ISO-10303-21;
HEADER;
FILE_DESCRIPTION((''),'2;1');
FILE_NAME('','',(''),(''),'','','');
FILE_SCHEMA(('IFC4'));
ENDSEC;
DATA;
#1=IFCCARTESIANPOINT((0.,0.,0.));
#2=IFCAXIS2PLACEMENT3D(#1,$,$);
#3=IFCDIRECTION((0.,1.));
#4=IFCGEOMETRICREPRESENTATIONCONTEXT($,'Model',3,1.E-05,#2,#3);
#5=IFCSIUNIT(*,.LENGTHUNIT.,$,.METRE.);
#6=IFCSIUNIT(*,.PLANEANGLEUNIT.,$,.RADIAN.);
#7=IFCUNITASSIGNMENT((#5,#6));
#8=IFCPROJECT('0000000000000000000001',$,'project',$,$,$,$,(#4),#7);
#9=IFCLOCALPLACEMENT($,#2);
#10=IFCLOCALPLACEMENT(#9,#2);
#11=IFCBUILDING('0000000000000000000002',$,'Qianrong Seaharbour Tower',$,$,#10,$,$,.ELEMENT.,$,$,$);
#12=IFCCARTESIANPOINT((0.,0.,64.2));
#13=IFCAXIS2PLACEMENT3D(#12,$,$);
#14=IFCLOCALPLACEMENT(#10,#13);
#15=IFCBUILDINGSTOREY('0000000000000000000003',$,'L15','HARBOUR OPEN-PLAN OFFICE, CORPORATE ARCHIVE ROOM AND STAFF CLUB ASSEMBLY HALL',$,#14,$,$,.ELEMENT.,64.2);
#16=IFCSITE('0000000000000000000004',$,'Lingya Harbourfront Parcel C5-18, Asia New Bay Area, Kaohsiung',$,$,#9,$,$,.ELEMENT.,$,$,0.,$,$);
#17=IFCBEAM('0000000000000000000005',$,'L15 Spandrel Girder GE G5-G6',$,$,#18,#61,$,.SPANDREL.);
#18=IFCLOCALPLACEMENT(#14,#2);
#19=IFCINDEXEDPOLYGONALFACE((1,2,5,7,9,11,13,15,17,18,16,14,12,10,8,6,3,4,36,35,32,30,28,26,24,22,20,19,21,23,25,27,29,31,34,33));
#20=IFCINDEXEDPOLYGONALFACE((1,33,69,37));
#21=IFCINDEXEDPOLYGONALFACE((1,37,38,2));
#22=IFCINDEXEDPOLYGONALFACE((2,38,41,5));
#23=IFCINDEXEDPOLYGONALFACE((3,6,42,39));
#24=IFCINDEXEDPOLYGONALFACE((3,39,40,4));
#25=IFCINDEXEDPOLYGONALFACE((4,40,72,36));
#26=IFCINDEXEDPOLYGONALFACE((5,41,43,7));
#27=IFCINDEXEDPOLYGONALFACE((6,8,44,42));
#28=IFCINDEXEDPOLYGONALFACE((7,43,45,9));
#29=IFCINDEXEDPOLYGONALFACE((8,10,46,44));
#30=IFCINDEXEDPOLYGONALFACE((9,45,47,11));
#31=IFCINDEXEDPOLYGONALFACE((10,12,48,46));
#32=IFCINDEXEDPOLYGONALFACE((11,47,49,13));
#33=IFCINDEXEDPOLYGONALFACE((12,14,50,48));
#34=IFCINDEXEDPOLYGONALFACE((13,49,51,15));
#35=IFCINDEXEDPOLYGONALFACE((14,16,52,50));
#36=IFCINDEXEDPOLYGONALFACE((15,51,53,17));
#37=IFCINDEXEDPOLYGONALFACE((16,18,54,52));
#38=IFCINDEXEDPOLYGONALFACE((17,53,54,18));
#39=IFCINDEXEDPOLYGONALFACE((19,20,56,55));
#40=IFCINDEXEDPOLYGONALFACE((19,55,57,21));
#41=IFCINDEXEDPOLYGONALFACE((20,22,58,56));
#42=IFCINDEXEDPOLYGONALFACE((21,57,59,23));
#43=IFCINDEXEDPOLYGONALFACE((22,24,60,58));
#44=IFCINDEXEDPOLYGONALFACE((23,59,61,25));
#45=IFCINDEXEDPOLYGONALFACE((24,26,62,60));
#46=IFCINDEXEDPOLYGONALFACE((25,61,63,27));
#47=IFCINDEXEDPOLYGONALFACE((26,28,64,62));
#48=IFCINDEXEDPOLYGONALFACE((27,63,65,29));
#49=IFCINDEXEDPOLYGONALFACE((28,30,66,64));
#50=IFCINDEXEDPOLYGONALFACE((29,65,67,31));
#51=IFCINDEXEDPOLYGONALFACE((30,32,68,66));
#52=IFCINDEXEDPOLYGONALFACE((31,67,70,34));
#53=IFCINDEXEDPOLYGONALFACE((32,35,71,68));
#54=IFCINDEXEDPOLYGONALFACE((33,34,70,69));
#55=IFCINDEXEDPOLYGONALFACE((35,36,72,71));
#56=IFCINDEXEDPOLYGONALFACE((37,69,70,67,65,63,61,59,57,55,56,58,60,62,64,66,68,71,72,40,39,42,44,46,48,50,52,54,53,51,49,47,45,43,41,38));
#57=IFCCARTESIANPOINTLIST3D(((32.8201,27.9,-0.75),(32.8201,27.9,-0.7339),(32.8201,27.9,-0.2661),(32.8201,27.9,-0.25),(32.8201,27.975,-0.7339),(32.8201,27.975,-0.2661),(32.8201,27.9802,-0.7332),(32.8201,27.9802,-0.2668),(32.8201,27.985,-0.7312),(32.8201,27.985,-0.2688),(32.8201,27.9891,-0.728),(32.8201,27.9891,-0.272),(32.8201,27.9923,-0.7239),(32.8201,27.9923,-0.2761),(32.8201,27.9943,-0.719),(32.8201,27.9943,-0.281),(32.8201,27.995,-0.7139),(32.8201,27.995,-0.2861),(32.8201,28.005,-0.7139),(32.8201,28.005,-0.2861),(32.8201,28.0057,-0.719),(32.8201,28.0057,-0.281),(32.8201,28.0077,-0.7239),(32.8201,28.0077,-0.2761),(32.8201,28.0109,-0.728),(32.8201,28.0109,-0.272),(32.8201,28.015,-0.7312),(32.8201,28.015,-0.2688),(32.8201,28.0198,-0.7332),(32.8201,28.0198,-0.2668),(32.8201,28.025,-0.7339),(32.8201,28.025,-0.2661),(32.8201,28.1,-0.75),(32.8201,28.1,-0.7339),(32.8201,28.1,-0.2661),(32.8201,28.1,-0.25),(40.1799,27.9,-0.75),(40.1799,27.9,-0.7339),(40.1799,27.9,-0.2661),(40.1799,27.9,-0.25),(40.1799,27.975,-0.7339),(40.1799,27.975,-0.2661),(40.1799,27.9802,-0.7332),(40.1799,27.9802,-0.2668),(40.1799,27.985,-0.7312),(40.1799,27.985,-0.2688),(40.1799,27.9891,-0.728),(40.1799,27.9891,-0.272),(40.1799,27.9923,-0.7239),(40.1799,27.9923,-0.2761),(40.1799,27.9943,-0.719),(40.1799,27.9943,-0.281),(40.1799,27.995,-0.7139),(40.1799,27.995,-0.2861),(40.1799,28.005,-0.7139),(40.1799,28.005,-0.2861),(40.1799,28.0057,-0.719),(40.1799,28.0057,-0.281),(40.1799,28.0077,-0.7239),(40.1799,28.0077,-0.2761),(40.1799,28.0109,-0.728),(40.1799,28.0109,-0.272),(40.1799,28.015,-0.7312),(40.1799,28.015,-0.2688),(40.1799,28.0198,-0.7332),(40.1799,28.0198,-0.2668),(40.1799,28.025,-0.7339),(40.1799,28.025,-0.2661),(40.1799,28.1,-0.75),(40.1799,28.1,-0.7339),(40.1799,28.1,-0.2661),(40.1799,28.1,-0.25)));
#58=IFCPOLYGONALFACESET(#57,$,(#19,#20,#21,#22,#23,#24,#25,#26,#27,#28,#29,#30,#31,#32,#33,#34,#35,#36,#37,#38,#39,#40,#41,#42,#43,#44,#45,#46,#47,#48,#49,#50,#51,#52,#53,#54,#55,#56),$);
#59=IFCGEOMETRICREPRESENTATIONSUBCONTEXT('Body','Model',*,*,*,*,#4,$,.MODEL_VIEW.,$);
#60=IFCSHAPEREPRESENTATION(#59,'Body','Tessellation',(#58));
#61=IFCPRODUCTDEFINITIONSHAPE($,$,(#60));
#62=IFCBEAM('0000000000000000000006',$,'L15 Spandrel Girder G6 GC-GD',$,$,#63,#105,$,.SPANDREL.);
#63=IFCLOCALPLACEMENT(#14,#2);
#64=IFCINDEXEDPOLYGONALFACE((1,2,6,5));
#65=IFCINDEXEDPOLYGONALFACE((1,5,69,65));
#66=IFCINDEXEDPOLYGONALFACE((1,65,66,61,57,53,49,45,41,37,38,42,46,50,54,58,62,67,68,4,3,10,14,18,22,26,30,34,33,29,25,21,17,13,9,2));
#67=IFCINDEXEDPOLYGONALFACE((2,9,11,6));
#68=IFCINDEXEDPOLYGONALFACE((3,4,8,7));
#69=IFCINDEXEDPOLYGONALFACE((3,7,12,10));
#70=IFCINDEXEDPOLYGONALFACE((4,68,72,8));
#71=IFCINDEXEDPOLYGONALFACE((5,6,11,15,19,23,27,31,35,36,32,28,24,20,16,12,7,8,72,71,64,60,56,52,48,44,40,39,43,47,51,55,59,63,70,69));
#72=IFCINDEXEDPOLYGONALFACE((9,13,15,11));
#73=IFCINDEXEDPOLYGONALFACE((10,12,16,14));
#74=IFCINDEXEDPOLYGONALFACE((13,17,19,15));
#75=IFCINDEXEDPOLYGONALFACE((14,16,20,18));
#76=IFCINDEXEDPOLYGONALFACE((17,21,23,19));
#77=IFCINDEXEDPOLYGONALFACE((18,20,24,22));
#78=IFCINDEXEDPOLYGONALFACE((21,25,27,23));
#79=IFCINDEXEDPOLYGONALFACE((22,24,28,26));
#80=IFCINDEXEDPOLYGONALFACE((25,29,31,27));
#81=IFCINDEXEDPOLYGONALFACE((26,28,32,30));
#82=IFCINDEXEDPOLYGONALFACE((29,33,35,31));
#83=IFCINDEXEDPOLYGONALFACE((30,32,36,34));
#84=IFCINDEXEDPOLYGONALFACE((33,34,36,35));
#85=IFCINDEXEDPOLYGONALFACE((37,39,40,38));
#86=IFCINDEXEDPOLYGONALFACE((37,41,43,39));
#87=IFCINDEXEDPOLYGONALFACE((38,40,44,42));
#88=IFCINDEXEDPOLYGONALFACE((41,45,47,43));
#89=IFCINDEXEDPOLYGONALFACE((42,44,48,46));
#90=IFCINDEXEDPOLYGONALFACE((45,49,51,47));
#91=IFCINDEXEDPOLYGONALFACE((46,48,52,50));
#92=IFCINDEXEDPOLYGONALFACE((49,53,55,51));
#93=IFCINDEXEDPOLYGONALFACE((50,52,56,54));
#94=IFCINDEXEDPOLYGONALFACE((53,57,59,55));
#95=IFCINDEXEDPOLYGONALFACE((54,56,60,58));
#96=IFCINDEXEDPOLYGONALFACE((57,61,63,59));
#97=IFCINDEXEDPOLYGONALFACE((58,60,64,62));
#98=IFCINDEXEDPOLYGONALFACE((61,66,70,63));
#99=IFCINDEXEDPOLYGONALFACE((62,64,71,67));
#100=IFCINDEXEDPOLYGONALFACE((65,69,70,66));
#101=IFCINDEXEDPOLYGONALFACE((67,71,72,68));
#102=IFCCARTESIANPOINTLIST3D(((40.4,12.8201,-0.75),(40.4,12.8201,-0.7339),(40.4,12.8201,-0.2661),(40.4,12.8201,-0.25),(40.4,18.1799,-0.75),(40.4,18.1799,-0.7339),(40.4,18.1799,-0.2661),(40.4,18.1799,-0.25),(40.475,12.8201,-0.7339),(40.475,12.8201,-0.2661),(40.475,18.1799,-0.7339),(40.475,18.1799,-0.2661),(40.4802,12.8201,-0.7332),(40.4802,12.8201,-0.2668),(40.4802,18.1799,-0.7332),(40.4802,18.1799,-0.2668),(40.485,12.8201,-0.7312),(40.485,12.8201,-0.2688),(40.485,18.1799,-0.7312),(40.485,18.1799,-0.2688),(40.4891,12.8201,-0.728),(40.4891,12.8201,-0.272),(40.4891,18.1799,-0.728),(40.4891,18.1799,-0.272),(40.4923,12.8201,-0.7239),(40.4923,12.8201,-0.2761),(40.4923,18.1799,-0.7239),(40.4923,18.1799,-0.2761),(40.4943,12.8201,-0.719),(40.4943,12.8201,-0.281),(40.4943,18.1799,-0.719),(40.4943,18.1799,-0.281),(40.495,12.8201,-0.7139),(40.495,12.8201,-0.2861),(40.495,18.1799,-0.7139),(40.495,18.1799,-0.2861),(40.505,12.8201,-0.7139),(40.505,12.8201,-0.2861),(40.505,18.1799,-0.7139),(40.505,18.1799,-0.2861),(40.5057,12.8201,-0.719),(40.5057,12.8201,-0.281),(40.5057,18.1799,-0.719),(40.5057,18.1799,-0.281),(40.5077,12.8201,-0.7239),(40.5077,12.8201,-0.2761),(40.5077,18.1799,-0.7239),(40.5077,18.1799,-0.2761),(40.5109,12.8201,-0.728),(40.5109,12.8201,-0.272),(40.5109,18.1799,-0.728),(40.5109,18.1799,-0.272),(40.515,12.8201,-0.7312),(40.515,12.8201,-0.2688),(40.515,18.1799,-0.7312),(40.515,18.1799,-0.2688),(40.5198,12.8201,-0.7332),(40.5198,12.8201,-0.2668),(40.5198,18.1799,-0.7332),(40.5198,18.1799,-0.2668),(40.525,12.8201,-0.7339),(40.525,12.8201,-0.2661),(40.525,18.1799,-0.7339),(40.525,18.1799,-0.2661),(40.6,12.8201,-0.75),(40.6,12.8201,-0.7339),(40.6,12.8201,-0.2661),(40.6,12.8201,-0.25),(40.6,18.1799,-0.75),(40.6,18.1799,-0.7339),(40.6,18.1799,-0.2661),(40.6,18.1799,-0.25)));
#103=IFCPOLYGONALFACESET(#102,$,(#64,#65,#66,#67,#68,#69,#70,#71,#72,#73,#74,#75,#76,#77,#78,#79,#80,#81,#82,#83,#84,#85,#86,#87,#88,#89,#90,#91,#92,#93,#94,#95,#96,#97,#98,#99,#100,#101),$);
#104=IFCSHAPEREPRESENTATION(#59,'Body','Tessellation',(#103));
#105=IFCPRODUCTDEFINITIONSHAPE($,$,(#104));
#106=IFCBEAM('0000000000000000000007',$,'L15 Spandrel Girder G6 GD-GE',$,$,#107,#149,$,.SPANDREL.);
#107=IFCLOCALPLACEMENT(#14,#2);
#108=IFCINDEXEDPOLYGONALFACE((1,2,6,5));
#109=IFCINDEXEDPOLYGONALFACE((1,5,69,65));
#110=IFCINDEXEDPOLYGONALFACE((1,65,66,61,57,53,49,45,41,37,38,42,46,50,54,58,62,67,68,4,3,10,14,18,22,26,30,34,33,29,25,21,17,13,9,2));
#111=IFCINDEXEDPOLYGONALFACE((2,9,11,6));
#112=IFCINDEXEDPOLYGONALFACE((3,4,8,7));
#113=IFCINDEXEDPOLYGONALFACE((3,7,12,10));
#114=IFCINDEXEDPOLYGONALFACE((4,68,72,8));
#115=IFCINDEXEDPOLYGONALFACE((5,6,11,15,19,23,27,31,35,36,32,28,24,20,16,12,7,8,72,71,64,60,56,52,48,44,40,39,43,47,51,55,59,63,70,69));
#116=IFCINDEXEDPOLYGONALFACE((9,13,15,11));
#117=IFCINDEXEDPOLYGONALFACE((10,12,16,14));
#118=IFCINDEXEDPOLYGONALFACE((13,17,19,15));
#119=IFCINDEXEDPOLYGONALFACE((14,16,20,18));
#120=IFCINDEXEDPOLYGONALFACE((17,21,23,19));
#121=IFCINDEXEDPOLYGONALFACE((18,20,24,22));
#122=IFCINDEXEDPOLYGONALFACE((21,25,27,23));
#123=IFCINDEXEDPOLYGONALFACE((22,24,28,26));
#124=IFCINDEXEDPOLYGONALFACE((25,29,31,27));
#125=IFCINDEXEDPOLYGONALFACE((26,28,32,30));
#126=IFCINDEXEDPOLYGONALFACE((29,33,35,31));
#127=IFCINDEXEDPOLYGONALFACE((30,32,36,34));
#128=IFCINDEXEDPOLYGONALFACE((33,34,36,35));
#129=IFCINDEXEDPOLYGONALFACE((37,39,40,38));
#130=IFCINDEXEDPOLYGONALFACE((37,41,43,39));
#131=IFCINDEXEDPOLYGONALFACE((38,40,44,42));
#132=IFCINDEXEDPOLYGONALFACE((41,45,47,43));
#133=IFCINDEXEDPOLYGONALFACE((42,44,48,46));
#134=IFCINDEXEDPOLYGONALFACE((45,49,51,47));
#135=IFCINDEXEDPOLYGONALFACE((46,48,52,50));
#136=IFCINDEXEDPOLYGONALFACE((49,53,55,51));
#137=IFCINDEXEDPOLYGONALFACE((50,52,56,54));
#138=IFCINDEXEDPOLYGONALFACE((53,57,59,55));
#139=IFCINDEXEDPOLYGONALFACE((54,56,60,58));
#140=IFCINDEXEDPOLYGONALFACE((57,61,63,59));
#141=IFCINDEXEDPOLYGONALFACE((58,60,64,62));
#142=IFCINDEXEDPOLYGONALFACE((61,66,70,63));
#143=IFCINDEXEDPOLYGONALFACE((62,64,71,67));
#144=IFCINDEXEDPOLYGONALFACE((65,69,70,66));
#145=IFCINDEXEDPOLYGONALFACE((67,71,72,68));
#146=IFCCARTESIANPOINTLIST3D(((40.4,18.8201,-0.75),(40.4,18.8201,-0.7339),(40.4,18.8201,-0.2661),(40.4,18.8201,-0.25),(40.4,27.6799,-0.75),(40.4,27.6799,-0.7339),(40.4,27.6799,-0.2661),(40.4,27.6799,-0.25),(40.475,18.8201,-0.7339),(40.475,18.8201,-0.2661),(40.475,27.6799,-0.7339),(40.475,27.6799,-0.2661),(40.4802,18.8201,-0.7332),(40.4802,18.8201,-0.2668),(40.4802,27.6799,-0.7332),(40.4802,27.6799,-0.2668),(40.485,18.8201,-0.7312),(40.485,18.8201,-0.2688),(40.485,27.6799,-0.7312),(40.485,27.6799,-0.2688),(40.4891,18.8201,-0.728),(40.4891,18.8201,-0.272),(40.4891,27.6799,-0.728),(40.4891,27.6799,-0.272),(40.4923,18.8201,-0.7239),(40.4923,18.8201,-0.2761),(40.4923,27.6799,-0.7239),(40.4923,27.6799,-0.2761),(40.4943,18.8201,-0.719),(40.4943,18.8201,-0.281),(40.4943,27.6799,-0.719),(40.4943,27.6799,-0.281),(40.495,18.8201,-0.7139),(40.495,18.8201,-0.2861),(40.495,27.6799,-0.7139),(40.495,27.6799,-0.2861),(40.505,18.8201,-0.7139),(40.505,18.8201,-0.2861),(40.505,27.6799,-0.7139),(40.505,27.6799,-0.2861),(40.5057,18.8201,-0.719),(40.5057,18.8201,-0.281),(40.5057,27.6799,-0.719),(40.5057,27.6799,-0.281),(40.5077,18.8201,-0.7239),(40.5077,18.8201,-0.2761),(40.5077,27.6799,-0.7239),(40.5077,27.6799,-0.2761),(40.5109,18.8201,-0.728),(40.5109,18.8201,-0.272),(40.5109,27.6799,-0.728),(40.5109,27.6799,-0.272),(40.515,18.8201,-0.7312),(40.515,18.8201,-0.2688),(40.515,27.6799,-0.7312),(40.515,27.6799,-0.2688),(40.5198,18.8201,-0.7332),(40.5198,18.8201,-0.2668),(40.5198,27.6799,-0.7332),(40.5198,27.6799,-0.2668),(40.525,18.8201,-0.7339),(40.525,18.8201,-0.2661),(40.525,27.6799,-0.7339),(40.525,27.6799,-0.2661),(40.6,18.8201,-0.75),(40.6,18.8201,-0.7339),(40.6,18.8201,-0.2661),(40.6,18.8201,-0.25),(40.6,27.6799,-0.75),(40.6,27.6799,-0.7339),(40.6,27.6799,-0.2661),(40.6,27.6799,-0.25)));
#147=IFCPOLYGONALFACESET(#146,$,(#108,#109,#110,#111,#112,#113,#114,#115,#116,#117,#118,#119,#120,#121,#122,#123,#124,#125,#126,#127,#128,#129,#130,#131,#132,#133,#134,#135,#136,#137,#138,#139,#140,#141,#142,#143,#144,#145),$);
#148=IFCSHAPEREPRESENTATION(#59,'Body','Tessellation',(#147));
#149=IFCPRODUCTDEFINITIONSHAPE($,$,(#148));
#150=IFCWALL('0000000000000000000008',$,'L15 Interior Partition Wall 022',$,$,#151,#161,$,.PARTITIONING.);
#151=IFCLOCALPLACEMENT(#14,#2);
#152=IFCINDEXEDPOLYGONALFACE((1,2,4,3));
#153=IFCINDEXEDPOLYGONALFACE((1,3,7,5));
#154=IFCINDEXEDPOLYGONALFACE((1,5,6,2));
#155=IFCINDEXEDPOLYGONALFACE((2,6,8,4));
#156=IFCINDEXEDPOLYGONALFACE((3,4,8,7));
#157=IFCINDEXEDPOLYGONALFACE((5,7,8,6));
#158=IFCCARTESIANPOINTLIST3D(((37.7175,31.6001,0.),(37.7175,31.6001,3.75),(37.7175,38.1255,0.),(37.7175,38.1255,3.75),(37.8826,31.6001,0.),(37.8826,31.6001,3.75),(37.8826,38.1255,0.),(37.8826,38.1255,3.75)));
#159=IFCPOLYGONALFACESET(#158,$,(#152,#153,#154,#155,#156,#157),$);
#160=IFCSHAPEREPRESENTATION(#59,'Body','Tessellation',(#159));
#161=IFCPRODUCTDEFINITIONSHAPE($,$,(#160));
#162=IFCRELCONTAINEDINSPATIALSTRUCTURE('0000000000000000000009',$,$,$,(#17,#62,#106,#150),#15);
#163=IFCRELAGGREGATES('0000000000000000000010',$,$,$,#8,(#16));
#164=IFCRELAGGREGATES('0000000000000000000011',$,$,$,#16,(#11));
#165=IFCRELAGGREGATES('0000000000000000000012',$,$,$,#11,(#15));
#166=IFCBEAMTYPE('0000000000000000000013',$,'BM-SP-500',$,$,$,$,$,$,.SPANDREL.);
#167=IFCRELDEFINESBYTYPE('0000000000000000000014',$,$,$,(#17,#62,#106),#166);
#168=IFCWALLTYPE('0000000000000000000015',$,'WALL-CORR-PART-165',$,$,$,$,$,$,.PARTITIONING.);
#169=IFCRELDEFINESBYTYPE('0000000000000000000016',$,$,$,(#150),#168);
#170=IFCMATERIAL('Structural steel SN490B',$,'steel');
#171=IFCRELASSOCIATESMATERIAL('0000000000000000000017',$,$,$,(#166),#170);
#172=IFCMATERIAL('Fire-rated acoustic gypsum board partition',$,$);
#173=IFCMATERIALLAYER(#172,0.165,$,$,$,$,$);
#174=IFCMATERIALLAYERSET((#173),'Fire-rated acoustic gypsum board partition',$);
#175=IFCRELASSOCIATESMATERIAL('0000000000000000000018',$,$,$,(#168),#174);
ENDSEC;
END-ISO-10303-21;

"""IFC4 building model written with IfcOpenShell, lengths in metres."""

from ifc_helpers import new_model, si_unit, direction, frame, frame_2d, origin, origin_2d, place, context, subcontext, project, spatial, rectangle, i_section, extrude, material, layer, layer_set, material_profile, profile_set, type_object, element, save


model = new_model("IFC4")

# Units and contexts
model_context = context("Model", 3, precision=1e-05, world=origin(), true_north=direction((0.0, 1.0)))
body_context = subcontext(model_context, "Body", "Model", "MODEL_VIEW")
ifc_project = project(units=[si_unit("LENGTHUNIT", "METRE"), si_unit("PLANEANGLEUNIT", "RADIAN")], contexts=[model_context])

# Site, building, storey
site_placement = place(None, origin())
site = spatial("IfcSite", under=ifc_project, at=site_placement, Name="Lingya Harbourfront Parcel C5-18, Asia New Bay Area, Kaohsiung", CompositionType="ELEMENT", RefElevation=0.0)
building_placement = place(site_placement, origin())
building = spatial("IfcBuilding", under=site, at=building_placement, Name="Qianrong Seaharbour Tower", CompositionType="ELEMENT")
storey_placement = place(building_placement, frame((0.0, 0.0, 64.2)))
storey = spatial("IfcBuildingStorey", under=building, at=storey_placement, Name="L15", Description="HARBOUR OPEN-PLAN OFFICE, CORPORATE ARCHIVE ROOM AND STAFF CLUB ASSEMBLY HALL", CompositionType="ELEMENT", Elevation=64.2)

# Shared definitions
ifc_material_1 = material(Name="Structural steel SN490B", Category="steel")

# Beams
ifc_material_profile_1 = material_profile(ifc_material_1, i_section(OverallWidth=0.2, OverallDepth=0.5, WebThickness=0.01, FlangeThickness=0.0161, FilletRadius=0.02, at=origin_2d()), Name="H500x200x10x16")
ifc_profile_set_1 = profile_set([ifc_material_profile_1], Name="Structural steel SN490B")
beam_type_1 = type_object("IfcBeamType", Name="BM-SP-500", PredefinedType="SPANDREL", material=ifc_profile_set_1)
beam_1_placement = place(storey_placement, frame((32.8201, 28.0, -0.5), z_axis=(1.0, 0.0, 0.0), x_axis=(0.0, 1.0, 0.0)))
element("IfcBeam", 1, at=beam_1_placement, inside=storey, type_object=beam_type_1, Name="L15 Spandrel Girder GE G5-G6", PredefinedType="SPANDREL", context=body_context, shape_type="SweptSolid", body=[
    extrude(i_section(OverallWidth=0.2, OverallDepth=0.5, WebThickness=0.01, FlangeThickness=0.0161, FilletRadius=0.02, at=origin_2d()), origin(), (0.0, 0.0, 1.0), 7.3599),
])
beam_2_placement = place(storey_placement, frame((40.5, 12.8201, -0.5), z_axis=(0.0, 1.0, 0.0), x_axis=(-1.0, 0.0, 0.0)))
element("IfcBeam", 2, at=beam_2_placement, inside=storey, type_object=beam_type_1, Name="L15 Spandrel Girder G6 GC-GD", PredefinedType="SPANDREL", context=body_context, shape_type="SweptSolid", body=[
    extrude(i_section(OverallWidth=0.2, OverallDepth=0.5, WebThickness=0.01, FlangeThickness=0.0161, FilletRadius=0.02, at=origin_2d()), origin(), (0.0, 0.0, 1.0), 5.3599),
])
beam_3_placement = place(storey_placement, frame((40.5, 18.8201, -0.5), z_axis=(0.0, 1.0, 0.0), x_axis=(-1.0, 0.0, 0.0)))
element("IfcBeam", 3, at=beam_3_placement, inside=storey, type_object=beam_type_1, Name="L15 Spandrel Girder G6 GD-GE", PredefinedType="SPANDREL", context=body_context, shape_type="SweptSolid", body=[
    extrude(i_section(OverallWidth=0.2, OverallDepth=0.5, WebThickness=0.01, FlangeThickness=0.0161, FilletRadius=0.02, at=origin_2d()), origin(), (0.0, 0.0, 1.0), 8.8599),
])

# Wall
ifc_material_2 = material(Name="Fire-rated acoustic gypsum board partition")
ifc_layer_1 = layer(ifc_material_2, 0.165)
ifc_layer_set_1 = layer_set([ifc_layer_1], Name="Fire-rated acoustic gypsum board partition")
wall_type_1 = type_object("IfcWallType", Name="WALL-CORR-PART-165", PredefinedType="PARTITIONING", material=ifc_layer_set_1)
wall_1_placement = place(storey_placement, frame((37.8, 31.6001, 0.0), z_axis=(0.0, 0.0, 1.0), x_axis=(0.0, 1.0, 0.0)))
element("IfcWall", 4, at=wall_1_placement, inside=storey, type_object=wall_type_1, Name="L15 Interior Partition Wall 022", PredefinedType="PARTITIONING", context=body_context, shape_type="SweptSolid", body=[
    extrude(rectangle(XDim=6.5254, YDim=0.165, at=frame_2d((3.2627, 0.0))), origin(), (0.0, 0.0, 1.0), 3.75),
])

save(model, "model.ifc")
